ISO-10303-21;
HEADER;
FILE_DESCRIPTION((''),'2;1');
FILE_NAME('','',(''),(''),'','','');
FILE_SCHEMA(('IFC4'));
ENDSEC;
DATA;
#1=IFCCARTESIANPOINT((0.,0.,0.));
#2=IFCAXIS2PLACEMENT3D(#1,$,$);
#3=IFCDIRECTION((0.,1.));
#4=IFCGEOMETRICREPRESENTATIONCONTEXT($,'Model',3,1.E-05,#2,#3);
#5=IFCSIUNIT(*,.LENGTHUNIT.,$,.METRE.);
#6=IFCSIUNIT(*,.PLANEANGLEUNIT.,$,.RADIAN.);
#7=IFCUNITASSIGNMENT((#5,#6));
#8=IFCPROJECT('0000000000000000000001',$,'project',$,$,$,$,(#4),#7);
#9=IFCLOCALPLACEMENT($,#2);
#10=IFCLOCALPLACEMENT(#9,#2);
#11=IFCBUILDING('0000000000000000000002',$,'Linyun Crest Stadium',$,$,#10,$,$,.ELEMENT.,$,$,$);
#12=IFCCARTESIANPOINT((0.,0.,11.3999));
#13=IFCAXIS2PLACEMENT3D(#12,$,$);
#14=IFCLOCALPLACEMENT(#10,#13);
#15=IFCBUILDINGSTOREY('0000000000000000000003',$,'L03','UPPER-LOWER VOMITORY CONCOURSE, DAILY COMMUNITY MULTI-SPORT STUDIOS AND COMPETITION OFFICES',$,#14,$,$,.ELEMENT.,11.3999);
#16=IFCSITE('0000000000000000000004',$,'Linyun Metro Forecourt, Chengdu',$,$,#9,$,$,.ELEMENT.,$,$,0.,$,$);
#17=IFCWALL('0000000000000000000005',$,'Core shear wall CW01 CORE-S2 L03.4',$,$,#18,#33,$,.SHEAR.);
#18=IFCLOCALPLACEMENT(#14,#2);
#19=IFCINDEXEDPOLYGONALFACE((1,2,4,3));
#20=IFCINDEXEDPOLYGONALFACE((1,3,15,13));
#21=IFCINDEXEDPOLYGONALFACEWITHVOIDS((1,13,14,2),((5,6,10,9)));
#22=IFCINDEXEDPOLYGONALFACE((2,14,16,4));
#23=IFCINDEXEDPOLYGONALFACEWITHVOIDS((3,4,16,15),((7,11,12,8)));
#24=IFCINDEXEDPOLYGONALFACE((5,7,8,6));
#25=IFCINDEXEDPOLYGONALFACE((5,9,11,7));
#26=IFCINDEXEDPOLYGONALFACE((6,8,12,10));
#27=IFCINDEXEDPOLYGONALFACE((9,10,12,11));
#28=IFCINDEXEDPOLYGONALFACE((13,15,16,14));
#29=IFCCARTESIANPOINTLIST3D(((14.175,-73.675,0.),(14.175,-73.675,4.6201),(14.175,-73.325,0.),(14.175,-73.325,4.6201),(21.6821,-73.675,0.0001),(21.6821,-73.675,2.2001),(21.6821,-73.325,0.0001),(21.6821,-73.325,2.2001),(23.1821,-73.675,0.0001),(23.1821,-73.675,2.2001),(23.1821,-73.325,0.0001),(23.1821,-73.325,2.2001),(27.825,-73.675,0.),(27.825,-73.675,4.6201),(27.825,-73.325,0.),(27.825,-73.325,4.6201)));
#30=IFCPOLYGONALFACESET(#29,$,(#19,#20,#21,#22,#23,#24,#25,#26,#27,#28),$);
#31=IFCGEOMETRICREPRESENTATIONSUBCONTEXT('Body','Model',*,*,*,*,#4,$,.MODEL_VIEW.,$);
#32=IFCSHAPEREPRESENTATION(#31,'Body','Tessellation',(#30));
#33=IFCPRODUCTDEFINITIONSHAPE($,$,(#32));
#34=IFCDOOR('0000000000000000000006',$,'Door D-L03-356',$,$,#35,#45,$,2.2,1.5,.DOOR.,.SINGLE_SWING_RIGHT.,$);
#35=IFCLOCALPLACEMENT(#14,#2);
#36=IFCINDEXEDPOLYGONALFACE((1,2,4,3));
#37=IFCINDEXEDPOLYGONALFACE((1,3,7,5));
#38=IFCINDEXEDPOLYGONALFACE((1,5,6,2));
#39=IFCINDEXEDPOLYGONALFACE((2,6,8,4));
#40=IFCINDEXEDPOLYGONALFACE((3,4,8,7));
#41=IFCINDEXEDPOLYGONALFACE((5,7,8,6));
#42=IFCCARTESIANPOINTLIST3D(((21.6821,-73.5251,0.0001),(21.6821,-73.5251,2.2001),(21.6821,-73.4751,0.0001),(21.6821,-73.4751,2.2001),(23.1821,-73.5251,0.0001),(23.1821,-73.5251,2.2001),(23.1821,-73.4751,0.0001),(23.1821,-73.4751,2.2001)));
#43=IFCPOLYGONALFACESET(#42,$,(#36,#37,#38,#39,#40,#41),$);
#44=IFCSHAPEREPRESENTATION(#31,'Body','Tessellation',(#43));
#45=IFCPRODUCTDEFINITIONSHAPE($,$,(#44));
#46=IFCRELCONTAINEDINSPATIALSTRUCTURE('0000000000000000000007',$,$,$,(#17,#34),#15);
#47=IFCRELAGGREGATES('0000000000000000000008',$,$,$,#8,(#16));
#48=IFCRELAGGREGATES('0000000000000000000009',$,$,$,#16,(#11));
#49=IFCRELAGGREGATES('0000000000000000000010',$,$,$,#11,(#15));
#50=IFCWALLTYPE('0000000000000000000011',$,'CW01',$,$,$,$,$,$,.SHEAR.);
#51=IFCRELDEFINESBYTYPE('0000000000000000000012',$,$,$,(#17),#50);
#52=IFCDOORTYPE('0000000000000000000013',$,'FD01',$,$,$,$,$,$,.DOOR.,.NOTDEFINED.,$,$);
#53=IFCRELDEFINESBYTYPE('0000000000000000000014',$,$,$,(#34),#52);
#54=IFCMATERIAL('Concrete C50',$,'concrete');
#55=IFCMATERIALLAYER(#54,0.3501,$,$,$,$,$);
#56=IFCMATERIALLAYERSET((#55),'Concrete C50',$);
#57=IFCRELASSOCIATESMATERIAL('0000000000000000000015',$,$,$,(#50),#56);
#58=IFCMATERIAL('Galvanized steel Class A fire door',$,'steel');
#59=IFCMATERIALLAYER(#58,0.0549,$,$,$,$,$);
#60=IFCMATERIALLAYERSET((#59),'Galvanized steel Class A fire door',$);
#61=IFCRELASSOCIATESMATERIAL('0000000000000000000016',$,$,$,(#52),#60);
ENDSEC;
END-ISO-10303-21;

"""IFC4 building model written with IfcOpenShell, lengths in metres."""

from ifc_helpers import new_model, si_unit, direction, frame, frame_2d, origin, place, context, subcontext, project, spatial, rectangle, extrude, material, layer, layer_set, type_object, element, fill, save


model = new_model("IFC4")

# Units and contexts
model_context = context("Model", 3, precision=1e-05, world=origin(), true_north=direction((0.0, 1.0)))
body_context = subcontext(model_context, "Body", "Model", "MODEL_VIEW")
ifc_project = project(units=[si_unit("LENGTHUNIT", "METRE"), si_unit("PLANEANGLEUNIT", "RADIAN")], contexts=[model_context])

# Site, building, storey
site_placement = place(None, origin())
site = spatial("IfcSite", under=ifc_project, at=site_placement, Name="Linyun Metro Forecourt, Chengdu", CompositionType="ELEMENT", RefElevation=0.0)
building_placement = place(site_placement, origin())
building = spatial("IfcBuilding", under=site, at=building_placement, Name="Linyun Crest Stadium", CompositionType="ELEMENT")
storey_placement = place(building_placement, frame((0.0, 0.0, 11.3999)))
storey = spatial("IfcBuildingStorey", under=building, at=storey_placement, Name="L03", Description="UPPER-LOWER VOMITORY CONCOURSE, DAILY COMMUNITY MULTI-SPORT STUDIOS AND COMPETITION OFFICES", CompositionType="ELEMENT", Elevation=11.3999)

# Wall, opening, door
ifc_material_1 = material(Name="Concrete C50", Category="concrete")
ifc_layer_1 = layer(ifc_material_1, 0.3501)
ifc_layer_set_1 = layer_set([ifc_layer_1], Name="Concrete C50")
wall_type = type_object("IfcWallType", Name="CW01", PredefinedType="SHEAR", material=ifc_layer_set_1)
wall_placement = place(storey_placement, frame((14.175, -73.5, 0.0), z_axis=(0.0, 0.0, 1.0), x_axis=(1.0, 0.0, 0.0)))
wall = element("IfcWall", 1, at=wall_placement, inside=storey, type_object=wall_type, Name="Core shear wall CW01 CORE-S2 L03.4", PredefinedType="SHEAR", context=body_context, shape_type="SweptSolid", body=[
    extrude(rectangle(XDim=13.6499, YDim=0.3501, at=frame_2d((6.825, 0.0))), origin(), (0.0, 0.0, 1.0), 4.6201),
])
opening_placement = place(wall_placement, frame((7.5071, 0.0, 0.0)))
opening = element("IfcOpeningElement", 2, at=opening_placement, cuts=wall, PredefinedType="OPENING", context=body_context, shape_type="SweptSolid", body=[
    extrude(rectangle(XDim=1.5, YDim=2.2, at=frame_2d((0.75, 1.1001))), frame((0.0, 0.1851, 0.0), z_axis=(0.0, -1.0, 0.0), x_axis=(1.0, 0.0, 0.0)), (0.0, 0.0, 1.0), 0.3701),
])
ifc_material_2 = material(Name="Galvanized steel Class A fire door", Category="steel")
ifc_layer_2 = layer(ifc_material_2, 0.0549)
ifc_layer_set_2 = layer_set([ifc_layer_2], Name="Galvanized steel Class A fire door")
door_type = type_object("IfcDoorType", Name="FD01", OperationType="NOTDEFINED", PredefinedType="DOOR", material=ifc_layer_set_2)
door_placement = place(opening_placement, origin())
door = element("IfcDoor", 3, at=door_placement, inside=storey, type_object=door_type, Name="Door D-L03-356", OperationType="SINGLE_SWING_RIGHT", OverallHeight=2.2, OverallWidth=1.5, PredefinedType="DOOR", context=body_context, shape_type="SweptSolid", body=[
    extrude(rectangle(XDim=1.5, YDim=2.2, at=frame_2d((0.75, 1.1001))), frame((0.0, 0.0249, 0.0), z_axis=(0.0, -1.0, 0.0), x_axis=(1.0, 0.0, 0.0)), (0.0, 0.0, 1.0), 0.05),
])
fill(opening, door)

save(model, "model.ifc")
